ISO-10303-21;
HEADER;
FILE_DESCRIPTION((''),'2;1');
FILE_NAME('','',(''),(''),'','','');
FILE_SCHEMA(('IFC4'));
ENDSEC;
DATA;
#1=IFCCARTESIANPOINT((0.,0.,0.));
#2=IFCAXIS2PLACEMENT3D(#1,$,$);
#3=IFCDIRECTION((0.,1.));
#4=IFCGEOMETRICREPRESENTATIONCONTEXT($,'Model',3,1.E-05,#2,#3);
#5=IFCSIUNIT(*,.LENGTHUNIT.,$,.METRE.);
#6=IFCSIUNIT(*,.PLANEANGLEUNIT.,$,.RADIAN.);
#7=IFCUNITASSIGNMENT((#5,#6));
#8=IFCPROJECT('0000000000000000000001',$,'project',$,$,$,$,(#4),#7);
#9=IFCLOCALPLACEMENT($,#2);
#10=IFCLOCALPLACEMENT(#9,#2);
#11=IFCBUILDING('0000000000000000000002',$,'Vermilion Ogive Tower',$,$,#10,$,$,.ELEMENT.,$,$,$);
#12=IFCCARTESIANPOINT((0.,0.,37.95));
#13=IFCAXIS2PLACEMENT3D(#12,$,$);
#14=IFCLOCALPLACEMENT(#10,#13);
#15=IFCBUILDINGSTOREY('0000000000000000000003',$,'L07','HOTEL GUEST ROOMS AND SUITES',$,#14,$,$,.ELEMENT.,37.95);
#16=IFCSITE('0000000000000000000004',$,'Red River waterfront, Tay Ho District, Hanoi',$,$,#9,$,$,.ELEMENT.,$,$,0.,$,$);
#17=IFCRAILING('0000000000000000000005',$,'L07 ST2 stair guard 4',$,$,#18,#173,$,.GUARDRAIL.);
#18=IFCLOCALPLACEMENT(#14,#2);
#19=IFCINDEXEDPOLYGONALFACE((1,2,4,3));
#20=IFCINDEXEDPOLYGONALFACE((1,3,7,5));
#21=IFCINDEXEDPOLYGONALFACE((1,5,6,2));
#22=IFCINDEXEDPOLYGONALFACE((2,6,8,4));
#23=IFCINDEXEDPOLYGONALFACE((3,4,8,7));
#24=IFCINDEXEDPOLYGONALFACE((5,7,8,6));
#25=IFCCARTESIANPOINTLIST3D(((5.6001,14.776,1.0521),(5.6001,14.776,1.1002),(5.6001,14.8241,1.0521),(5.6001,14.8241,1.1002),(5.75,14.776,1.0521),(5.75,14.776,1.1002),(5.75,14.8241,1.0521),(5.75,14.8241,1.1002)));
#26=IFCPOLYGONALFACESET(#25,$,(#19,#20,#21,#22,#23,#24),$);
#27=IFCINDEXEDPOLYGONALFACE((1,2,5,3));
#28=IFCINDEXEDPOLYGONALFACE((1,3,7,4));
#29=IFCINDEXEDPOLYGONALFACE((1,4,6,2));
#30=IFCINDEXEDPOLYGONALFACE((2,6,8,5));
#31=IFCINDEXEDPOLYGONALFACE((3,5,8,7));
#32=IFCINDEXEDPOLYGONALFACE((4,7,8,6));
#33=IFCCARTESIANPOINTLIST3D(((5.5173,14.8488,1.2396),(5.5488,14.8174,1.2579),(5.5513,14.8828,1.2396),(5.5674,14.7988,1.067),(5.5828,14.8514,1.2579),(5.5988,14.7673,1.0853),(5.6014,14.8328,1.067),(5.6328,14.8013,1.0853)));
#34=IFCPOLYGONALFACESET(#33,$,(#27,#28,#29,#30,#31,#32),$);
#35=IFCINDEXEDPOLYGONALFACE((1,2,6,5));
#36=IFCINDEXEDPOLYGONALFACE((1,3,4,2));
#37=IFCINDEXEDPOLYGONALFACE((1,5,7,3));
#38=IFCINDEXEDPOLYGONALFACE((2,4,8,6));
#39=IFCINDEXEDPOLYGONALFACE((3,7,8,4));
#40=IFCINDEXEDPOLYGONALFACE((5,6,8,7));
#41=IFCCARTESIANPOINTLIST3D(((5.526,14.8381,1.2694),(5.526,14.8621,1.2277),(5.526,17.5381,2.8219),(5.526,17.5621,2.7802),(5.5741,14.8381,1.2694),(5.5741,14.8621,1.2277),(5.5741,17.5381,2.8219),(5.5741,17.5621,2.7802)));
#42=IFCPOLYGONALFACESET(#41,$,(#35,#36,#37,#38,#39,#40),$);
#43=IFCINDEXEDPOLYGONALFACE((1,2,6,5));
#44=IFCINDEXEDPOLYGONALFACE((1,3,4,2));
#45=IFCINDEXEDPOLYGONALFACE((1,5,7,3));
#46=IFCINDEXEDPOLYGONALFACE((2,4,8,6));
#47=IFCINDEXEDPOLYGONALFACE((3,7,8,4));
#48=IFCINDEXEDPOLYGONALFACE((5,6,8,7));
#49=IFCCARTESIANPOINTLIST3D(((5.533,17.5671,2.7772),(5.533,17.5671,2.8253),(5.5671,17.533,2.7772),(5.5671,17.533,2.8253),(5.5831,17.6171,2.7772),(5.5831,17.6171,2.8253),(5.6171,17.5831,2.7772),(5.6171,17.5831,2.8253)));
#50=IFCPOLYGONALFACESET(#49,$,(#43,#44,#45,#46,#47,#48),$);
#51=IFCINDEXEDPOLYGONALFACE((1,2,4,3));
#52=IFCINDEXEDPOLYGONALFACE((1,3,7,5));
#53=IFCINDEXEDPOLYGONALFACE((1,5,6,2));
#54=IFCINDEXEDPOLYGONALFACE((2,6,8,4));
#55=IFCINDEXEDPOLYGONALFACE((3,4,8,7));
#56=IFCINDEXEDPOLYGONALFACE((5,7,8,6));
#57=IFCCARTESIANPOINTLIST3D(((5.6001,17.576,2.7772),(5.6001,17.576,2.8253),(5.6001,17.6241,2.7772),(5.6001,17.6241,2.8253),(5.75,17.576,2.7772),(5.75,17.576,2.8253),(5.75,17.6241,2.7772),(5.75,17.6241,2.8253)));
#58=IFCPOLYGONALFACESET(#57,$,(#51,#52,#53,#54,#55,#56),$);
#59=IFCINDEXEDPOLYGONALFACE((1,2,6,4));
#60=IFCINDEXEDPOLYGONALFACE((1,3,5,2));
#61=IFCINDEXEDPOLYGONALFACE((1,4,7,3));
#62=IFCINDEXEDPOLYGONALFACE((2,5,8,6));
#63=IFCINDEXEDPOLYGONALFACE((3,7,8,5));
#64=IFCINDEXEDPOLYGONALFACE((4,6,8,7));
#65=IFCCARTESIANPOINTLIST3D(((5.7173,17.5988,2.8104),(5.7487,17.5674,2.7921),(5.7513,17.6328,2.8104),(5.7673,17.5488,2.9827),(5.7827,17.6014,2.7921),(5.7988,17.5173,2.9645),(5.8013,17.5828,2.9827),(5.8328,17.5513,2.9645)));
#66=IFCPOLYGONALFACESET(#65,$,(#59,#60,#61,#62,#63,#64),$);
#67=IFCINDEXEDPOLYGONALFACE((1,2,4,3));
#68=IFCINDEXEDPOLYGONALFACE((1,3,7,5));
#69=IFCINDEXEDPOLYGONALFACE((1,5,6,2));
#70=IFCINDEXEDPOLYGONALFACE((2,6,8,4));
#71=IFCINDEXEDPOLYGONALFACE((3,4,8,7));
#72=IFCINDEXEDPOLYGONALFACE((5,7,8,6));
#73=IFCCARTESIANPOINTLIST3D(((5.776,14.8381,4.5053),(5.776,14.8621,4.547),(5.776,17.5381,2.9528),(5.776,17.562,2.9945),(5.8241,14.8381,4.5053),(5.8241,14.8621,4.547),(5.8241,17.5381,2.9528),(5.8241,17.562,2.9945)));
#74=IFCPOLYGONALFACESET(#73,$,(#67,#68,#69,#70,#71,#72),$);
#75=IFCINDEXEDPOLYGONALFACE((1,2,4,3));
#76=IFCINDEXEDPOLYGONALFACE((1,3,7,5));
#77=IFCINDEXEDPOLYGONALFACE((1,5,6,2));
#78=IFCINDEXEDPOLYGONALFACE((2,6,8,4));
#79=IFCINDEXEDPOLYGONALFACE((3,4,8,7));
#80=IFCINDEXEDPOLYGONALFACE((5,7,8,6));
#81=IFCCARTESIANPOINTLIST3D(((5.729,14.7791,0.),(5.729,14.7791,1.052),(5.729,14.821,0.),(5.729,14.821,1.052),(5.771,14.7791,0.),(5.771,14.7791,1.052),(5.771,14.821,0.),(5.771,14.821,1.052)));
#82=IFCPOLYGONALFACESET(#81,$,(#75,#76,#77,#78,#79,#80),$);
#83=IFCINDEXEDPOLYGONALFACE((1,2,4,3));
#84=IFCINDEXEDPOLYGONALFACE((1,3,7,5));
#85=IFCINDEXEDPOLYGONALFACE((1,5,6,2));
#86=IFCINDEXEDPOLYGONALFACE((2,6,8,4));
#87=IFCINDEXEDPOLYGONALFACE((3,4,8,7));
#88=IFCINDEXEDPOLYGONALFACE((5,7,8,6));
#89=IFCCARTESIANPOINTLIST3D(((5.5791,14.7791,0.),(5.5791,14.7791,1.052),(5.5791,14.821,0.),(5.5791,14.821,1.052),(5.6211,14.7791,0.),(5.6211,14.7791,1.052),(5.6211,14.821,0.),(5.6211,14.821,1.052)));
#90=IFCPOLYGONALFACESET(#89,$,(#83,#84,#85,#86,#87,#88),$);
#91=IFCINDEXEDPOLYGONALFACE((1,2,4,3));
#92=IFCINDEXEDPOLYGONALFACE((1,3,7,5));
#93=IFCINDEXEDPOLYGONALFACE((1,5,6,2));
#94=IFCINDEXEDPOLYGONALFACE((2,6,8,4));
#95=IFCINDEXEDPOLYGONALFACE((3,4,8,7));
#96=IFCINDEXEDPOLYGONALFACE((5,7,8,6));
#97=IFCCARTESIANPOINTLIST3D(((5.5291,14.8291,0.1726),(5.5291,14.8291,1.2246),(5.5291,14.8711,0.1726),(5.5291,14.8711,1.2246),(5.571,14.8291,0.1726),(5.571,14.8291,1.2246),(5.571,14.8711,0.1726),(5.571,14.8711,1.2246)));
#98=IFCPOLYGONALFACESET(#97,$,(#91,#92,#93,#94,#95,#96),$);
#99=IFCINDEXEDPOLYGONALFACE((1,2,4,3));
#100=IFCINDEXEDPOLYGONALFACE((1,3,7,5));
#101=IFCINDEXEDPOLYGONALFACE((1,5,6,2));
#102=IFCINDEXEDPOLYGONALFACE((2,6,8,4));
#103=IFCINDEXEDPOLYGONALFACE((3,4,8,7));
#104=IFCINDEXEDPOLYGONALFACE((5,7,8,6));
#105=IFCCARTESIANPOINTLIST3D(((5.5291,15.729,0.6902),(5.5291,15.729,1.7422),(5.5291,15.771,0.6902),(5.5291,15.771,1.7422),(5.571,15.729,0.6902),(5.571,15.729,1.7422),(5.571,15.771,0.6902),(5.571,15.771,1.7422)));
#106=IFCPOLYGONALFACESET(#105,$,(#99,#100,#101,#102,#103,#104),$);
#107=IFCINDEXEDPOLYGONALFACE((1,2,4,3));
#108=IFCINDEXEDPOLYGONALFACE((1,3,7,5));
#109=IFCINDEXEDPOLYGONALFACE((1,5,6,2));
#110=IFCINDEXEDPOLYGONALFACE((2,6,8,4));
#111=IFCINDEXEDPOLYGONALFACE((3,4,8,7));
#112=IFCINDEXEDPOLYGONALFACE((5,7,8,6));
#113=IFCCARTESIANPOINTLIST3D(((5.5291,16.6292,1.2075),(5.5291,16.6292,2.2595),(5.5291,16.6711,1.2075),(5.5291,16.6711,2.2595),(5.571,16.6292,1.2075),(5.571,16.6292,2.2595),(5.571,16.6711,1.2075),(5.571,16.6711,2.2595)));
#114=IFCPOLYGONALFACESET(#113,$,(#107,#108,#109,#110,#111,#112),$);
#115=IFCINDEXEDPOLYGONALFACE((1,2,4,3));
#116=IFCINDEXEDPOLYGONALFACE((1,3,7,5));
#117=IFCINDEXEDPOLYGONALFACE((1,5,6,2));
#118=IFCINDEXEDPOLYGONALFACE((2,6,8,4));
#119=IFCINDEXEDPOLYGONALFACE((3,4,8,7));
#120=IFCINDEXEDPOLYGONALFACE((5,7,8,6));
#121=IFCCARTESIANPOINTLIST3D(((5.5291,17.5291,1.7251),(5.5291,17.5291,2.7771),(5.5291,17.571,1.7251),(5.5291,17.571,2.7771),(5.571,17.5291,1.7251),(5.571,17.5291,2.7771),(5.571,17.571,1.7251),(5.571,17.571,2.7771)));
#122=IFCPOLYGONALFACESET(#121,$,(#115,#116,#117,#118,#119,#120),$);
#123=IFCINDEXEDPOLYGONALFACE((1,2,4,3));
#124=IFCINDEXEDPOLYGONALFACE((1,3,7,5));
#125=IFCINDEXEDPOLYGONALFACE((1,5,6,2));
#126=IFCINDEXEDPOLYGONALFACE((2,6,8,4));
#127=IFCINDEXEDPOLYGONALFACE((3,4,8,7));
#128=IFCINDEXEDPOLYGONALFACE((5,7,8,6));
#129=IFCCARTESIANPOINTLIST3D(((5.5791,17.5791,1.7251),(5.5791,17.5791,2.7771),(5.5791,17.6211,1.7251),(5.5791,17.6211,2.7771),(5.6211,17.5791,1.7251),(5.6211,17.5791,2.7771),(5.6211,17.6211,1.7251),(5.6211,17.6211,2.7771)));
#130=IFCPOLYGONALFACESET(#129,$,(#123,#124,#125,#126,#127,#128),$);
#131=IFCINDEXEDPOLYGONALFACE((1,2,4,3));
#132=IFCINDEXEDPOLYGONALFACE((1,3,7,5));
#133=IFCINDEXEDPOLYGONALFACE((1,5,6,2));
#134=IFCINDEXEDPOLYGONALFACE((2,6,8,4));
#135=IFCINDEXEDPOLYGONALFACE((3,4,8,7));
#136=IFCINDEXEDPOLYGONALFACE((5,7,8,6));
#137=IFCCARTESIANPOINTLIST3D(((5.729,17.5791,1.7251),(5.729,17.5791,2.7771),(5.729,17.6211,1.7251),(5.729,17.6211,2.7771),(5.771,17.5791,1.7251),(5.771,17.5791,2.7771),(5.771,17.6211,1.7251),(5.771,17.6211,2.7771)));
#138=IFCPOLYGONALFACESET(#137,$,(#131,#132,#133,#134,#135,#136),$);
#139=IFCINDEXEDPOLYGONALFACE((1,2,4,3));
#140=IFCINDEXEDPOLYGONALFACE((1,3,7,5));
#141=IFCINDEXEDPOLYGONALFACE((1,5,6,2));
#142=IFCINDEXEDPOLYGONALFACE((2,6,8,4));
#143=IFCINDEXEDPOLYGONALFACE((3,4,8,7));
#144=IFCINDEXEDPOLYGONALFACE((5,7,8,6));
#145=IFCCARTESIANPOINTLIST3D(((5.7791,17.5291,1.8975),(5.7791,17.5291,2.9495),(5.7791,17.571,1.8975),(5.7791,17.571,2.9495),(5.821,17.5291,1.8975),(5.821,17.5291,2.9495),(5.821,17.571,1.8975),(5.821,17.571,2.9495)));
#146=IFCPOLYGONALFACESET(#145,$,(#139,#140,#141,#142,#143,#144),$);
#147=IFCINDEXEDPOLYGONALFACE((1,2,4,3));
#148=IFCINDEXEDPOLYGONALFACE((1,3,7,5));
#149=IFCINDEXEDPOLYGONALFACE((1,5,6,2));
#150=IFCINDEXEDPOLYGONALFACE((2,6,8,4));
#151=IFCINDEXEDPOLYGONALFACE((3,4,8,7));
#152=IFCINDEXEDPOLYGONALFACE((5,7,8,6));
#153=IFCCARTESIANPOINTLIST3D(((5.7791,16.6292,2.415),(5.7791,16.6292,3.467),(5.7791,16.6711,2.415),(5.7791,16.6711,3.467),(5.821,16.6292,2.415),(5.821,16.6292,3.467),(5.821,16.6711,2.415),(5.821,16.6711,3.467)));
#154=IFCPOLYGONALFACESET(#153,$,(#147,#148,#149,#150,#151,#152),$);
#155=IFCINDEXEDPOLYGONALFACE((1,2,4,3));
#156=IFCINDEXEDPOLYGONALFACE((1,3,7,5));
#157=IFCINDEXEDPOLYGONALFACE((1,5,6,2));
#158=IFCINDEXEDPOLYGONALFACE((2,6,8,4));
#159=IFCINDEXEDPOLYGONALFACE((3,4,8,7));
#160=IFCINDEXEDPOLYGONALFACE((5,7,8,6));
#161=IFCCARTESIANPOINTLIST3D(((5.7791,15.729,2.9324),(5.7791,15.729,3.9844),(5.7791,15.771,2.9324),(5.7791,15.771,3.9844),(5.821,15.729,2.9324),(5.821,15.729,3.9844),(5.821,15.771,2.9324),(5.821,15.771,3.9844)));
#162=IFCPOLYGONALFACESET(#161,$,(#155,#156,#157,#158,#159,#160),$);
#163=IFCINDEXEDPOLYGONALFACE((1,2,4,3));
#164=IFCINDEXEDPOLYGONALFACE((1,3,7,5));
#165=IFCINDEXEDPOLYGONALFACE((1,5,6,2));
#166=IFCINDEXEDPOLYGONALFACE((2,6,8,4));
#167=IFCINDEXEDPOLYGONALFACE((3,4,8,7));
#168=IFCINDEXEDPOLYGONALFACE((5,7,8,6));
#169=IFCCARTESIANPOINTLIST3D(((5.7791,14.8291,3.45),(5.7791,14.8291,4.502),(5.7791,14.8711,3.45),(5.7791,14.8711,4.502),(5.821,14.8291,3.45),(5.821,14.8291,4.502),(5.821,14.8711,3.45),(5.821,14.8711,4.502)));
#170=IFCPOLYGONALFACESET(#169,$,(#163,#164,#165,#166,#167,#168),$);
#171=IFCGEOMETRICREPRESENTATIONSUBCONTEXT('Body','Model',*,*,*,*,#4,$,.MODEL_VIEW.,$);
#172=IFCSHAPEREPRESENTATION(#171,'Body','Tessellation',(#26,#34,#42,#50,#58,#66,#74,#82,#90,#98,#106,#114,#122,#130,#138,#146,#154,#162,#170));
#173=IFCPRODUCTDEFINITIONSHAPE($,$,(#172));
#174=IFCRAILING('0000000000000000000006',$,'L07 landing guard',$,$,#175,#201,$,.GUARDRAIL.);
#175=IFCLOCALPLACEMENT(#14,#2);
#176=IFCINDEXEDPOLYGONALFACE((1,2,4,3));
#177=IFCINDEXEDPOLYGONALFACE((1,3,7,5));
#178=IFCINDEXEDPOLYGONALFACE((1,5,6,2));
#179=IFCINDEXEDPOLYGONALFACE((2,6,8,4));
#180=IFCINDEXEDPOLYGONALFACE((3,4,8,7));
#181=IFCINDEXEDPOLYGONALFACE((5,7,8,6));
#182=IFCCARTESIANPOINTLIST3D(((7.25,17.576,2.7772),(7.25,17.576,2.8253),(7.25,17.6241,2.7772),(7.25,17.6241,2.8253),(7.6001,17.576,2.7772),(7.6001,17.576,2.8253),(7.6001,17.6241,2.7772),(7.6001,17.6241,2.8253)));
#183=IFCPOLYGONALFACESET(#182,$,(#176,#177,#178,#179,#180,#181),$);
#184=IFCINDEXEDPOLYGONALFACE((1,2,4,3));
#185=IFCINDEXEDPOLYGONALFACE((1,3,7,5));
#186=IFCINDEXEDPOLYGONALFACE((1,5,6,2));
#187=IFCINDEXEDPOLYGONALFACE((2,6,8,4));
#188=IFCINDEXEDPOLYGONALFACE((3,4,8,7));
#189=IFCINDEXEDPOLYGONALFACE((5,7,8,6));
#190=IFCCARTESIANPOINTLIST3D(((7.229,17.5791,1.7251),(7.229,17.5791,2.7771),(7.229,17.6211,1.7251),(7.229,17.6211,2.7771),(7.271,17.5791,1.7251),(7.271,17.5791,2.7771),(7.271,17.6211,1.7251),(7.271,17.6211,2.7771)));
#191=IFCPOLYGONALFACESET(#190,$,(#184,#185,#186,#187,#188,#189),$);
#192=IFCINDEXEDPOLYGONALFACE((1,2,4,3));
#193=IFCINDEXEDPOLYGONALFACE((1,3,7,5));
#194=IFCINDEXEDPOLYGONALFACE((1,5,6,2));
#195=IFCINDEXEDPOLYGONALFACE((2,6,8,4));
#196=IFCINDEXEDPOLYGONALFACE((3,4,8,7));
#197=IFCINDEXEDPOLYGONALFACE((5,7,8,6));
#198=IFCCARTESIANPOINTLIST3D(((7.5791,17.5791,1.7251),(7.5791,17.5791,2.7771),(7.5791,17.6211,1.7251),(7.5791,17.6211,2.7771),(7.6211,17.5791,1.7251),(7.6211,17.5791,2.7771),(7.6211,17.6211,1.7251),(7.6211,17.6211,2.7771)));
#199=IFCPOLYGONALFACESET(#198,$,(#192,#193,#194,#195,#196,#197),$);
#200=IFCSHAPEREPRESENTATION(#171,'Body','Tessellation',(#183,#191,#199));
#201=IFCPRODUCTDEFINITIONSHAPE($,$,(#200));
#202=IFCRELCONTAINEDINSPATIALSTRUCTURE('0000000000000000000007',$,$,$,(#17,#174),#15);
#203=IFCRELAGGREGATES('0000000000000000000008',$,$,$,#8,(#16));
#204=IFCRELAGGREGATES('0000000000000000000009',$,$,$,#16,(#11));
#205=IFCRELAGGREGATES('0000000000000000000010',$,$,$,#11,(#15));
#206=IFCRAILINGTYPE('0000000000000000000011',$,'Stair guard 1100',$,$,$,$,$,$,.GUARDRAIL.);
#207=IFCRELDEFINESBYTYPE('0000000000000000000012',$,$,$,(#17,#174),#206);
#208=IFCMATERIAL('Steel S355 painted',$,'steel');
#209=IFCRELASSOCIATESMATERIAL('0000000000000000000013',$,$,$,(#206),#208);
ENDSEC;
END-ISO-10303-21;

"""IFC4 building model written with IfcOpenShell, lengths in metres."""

from ifc_helpers import new_model, si_unit, direction, frame, origin, origin_2d, place, context, subcontext, project, spatial, rectangle, extrude, material, type_object, element, save


model = new_model("IFC4")

# Units and contexts
model_context = context("Model", 3, precision=1e-05, world=origin(), true_north=direction((0.0, 1.0)))
body_context = subcontext(model_context, "Body", "Model", "MODEL_VIEW")
ifc_project = project(units=[si_unit("LENGTHUNIT", "METRE"), si_unit("PLANEANGLEUNIT", "RADIAN")], contexts=[model_context])

# Site, building, storey
site_placement = place(None, origin())
site = spatial("IfcSite", under=ifc_project, at=site_placement, Name="Red River waterfront, Tay Ho District, Hanoi", CompositionType="ELEMENT", RefElevation=0.0)
building_placement = place(site_placement, origin())
building = spatial("IfcBuilding", under=site, at=building_placement, Name="Vermilion Ogive Tower", CompositionType="ELEMENT")
storey_placement = place(building_placement, frame((0.0, 0.0, 37.95)))
storey = spatial("IfcBuildingStorey", under=building, at=storey_placement, Name="L07", Description="HOTEL GUEST ROOMS AND SUITES", CompositionType="ELEMENT", Elevation=37.95)

# Railings
ifc_material_1 = material(Name="Steel S355 painted", Category="steel")
railing_type_1 = type_object("IfcRailingType", Name="Stair guard 1100", PredefinedType="GUARDRAIL", material=ifc_material_1)
railing_1_placement = place(storey_placement, frame((5.75, 14.8, 0.0)))
element("IfcRailing", 1, at=railing_1_placement, inside=storey, type_object=railing_type_1, Name="L07 ST2 stair guard 4", PredefinedType="GUARDRAIL", context=body_context, shape_type="SweptSolid", body=[
    extrude(rectangle(XDim=0.0481, YDim=0.0481, at=origin_2d()), frame((0.0, 0.0, 1.0762), z_axis=(-1.0, 0.0, 0.0), x_axis=(0.0, -1.0, 0.0)), (0.0, 0.0, 1.0), 0.1499),
    extrude(rectangle(XDim=0.0481, YDim=0.0481, at=origin_2d()), frame((-0.1499, 0.0, 1.0762), z_axis=(-0.268278, 0.268278, 0.925232), x_axis=(-0.707107, -0.707107, 0.0)), (0.0, 0.0, 1.0), 0.1865),
    extrude(rectangle(XDim=0.0481, YDim=0.0481, at=origin_2d()), frame((-0.2, 0.05, 1.2485), z_axis=(0.0, 0.866904, 0.498476), x_axis=(-1.0, 0.0, 0.0)), (0.0, 0.0, 1.0), 3.1145),
    extrude(rectangle(XDim=0.0481, YDim=0.0481, at=origin_2d()), frame((-0.2, 2.75, 2.8013), z_axis=(0.707107, 0.707107, 0.0), x_axis=(-0.707107, 0.707107, 0.0)), (0.0, 0.0, 1.0), 0.0708),
    extrude(rectangle(XDim=0.0481, YDim=0.0481, at=origin_2d()), frame((-0.1499, 2.8, 2.8013), z_axis=(1.0, 0.0, 0.0), x_axis=(0.0, 1.0, 0.0)), (0.0, 0.0, 1.0), 0.1499),
    extrude(rectangle(XDim=0.0481, YDim=0.0481, at=origin_2d()), frame((0.0, 2.8, 2.8013), z_axis=(0.268603, -0.268603, 0.925043), x_axis=(0.707107, 0.707107, 0.0)), (0.0, 0.0, 1.0), 0.1863),
    extrude(rectangle(XDim=0.0481, YDim=0.0481, at=origin_2d()), frame((0.05, 2.75, 2.9736), z_axis=(0.0, -0.866904, 0.498476), x_axis=(1.0, 0.0, 0.0)), (0.0, 0.0, 1.0), 3.1145),
    extrude(rectangle(XDim=0.042, YDim=0.042, at=origin_2d()), origin(), (0.0, 0.0, 1.0), 1.052),
    extrude(rectangle(XDim=0.042, YDim=0.042, at=origin_2d()), frame((-0.1499, 0.0, 0.0)), (0.0, 0.0, 1.0), 1.052),
    extrude(rectangle(XDim=0.042, YDim=0.042, at=origin_2d()), frame((-0.2, 0.05, 0.1726)), (0.0, 0.0, 1.0), 1.052),
    extrude(rectangle(XDim=0.042, YDim=0.042, at=origin_2d()), frame((-0.2, 0.95, 0.6902)), (0.0, 0.0, 1.0), 1.052),
    extrude(rectangle(XDim=0.042, YDim=0.042, at=origin_2d()), frame((-0.2, 1.8501, 1.2075)), (0.0, 0.0, 1.0), 1.052),
    extrude(rectangle(XDim=0.042, YDim=0.042, at=origin_2d()), frame((-0.2, 2.75, 1.7251)), (0.0, 0.0, 1.0), 1.052),
    extrude(rectangle(XDim=0.042, YDim=0.042, at=origin_2d()), frame((-0.1499, 2.8, 1.7251)), (0.0, 0.0, 1.0), 1.052),
    extrude(rectangle(XDim=0.042, YDim=0.042, at=origin_2d()), frame((0.0, 2.8, 1.7251)), (0.0, 0.0, 1.0), 1.052),
    extrude(rectangle(XDim=0.042, YDim=0.042, at=origin_2d()), frame((0.05, 2.75, 1.8975)), (0.0, 0.0, 1.0), 1.052),
    extrude(rectangle(XDim=0.042, YDim=0.042, at=origin_2d()), frame((0.05, 1.8501, 2.415)), (0.0, 0.0, 1.0), 1.052),
    extrude(rectangle(XDim=0.042, YDim=0.042, at=origin_2d()), frame((0.05, 0.95, 2.9324)), (0.0, 0.0, 1.0), 1.052),
    extrude(rectangle(XDim=0.042, YDim=0.042, at=origin_2d()), frame((0.05, 0.05, 3.45)), (0.0, 0.0, 1.0), 1.052),
])
railing_2_placement = place(storey_placement, frame((7.25, 17.6001, 1.7251)))
element("IfcRailing", 2, at=railing_2_placement, inside=storey, type_object=railing_type_1, Name="L07 landing guard", PredefinedType="GUARDRAIL", context=body_context, shape_type="SweptSolid", body=[
    extrude(rectangle(XDim=0.0481, YDim=0.0481, at=origin_2d()), frame((0.0, 0.0, 1.0762), z_axis=(1.0, 0.0, 0.0), x_axis=(0.0, 1.0, 0.0)), (0.0, 0.0, 1.0), 0.3501),
    extrude(rectangle(XDim=0.042, YDim=0.042, at=origin_2d()), origin(), (0.0, 0.0, 1.0), 1.052),
    extrude(rectangle(XDim=0.042, YDim=0.042, at=origin_2d()), frame((0.3501, 0.0, 0.0)), (0.0, 0.0, 1.0), 1.052),
])

save(model, "model.ifc")
